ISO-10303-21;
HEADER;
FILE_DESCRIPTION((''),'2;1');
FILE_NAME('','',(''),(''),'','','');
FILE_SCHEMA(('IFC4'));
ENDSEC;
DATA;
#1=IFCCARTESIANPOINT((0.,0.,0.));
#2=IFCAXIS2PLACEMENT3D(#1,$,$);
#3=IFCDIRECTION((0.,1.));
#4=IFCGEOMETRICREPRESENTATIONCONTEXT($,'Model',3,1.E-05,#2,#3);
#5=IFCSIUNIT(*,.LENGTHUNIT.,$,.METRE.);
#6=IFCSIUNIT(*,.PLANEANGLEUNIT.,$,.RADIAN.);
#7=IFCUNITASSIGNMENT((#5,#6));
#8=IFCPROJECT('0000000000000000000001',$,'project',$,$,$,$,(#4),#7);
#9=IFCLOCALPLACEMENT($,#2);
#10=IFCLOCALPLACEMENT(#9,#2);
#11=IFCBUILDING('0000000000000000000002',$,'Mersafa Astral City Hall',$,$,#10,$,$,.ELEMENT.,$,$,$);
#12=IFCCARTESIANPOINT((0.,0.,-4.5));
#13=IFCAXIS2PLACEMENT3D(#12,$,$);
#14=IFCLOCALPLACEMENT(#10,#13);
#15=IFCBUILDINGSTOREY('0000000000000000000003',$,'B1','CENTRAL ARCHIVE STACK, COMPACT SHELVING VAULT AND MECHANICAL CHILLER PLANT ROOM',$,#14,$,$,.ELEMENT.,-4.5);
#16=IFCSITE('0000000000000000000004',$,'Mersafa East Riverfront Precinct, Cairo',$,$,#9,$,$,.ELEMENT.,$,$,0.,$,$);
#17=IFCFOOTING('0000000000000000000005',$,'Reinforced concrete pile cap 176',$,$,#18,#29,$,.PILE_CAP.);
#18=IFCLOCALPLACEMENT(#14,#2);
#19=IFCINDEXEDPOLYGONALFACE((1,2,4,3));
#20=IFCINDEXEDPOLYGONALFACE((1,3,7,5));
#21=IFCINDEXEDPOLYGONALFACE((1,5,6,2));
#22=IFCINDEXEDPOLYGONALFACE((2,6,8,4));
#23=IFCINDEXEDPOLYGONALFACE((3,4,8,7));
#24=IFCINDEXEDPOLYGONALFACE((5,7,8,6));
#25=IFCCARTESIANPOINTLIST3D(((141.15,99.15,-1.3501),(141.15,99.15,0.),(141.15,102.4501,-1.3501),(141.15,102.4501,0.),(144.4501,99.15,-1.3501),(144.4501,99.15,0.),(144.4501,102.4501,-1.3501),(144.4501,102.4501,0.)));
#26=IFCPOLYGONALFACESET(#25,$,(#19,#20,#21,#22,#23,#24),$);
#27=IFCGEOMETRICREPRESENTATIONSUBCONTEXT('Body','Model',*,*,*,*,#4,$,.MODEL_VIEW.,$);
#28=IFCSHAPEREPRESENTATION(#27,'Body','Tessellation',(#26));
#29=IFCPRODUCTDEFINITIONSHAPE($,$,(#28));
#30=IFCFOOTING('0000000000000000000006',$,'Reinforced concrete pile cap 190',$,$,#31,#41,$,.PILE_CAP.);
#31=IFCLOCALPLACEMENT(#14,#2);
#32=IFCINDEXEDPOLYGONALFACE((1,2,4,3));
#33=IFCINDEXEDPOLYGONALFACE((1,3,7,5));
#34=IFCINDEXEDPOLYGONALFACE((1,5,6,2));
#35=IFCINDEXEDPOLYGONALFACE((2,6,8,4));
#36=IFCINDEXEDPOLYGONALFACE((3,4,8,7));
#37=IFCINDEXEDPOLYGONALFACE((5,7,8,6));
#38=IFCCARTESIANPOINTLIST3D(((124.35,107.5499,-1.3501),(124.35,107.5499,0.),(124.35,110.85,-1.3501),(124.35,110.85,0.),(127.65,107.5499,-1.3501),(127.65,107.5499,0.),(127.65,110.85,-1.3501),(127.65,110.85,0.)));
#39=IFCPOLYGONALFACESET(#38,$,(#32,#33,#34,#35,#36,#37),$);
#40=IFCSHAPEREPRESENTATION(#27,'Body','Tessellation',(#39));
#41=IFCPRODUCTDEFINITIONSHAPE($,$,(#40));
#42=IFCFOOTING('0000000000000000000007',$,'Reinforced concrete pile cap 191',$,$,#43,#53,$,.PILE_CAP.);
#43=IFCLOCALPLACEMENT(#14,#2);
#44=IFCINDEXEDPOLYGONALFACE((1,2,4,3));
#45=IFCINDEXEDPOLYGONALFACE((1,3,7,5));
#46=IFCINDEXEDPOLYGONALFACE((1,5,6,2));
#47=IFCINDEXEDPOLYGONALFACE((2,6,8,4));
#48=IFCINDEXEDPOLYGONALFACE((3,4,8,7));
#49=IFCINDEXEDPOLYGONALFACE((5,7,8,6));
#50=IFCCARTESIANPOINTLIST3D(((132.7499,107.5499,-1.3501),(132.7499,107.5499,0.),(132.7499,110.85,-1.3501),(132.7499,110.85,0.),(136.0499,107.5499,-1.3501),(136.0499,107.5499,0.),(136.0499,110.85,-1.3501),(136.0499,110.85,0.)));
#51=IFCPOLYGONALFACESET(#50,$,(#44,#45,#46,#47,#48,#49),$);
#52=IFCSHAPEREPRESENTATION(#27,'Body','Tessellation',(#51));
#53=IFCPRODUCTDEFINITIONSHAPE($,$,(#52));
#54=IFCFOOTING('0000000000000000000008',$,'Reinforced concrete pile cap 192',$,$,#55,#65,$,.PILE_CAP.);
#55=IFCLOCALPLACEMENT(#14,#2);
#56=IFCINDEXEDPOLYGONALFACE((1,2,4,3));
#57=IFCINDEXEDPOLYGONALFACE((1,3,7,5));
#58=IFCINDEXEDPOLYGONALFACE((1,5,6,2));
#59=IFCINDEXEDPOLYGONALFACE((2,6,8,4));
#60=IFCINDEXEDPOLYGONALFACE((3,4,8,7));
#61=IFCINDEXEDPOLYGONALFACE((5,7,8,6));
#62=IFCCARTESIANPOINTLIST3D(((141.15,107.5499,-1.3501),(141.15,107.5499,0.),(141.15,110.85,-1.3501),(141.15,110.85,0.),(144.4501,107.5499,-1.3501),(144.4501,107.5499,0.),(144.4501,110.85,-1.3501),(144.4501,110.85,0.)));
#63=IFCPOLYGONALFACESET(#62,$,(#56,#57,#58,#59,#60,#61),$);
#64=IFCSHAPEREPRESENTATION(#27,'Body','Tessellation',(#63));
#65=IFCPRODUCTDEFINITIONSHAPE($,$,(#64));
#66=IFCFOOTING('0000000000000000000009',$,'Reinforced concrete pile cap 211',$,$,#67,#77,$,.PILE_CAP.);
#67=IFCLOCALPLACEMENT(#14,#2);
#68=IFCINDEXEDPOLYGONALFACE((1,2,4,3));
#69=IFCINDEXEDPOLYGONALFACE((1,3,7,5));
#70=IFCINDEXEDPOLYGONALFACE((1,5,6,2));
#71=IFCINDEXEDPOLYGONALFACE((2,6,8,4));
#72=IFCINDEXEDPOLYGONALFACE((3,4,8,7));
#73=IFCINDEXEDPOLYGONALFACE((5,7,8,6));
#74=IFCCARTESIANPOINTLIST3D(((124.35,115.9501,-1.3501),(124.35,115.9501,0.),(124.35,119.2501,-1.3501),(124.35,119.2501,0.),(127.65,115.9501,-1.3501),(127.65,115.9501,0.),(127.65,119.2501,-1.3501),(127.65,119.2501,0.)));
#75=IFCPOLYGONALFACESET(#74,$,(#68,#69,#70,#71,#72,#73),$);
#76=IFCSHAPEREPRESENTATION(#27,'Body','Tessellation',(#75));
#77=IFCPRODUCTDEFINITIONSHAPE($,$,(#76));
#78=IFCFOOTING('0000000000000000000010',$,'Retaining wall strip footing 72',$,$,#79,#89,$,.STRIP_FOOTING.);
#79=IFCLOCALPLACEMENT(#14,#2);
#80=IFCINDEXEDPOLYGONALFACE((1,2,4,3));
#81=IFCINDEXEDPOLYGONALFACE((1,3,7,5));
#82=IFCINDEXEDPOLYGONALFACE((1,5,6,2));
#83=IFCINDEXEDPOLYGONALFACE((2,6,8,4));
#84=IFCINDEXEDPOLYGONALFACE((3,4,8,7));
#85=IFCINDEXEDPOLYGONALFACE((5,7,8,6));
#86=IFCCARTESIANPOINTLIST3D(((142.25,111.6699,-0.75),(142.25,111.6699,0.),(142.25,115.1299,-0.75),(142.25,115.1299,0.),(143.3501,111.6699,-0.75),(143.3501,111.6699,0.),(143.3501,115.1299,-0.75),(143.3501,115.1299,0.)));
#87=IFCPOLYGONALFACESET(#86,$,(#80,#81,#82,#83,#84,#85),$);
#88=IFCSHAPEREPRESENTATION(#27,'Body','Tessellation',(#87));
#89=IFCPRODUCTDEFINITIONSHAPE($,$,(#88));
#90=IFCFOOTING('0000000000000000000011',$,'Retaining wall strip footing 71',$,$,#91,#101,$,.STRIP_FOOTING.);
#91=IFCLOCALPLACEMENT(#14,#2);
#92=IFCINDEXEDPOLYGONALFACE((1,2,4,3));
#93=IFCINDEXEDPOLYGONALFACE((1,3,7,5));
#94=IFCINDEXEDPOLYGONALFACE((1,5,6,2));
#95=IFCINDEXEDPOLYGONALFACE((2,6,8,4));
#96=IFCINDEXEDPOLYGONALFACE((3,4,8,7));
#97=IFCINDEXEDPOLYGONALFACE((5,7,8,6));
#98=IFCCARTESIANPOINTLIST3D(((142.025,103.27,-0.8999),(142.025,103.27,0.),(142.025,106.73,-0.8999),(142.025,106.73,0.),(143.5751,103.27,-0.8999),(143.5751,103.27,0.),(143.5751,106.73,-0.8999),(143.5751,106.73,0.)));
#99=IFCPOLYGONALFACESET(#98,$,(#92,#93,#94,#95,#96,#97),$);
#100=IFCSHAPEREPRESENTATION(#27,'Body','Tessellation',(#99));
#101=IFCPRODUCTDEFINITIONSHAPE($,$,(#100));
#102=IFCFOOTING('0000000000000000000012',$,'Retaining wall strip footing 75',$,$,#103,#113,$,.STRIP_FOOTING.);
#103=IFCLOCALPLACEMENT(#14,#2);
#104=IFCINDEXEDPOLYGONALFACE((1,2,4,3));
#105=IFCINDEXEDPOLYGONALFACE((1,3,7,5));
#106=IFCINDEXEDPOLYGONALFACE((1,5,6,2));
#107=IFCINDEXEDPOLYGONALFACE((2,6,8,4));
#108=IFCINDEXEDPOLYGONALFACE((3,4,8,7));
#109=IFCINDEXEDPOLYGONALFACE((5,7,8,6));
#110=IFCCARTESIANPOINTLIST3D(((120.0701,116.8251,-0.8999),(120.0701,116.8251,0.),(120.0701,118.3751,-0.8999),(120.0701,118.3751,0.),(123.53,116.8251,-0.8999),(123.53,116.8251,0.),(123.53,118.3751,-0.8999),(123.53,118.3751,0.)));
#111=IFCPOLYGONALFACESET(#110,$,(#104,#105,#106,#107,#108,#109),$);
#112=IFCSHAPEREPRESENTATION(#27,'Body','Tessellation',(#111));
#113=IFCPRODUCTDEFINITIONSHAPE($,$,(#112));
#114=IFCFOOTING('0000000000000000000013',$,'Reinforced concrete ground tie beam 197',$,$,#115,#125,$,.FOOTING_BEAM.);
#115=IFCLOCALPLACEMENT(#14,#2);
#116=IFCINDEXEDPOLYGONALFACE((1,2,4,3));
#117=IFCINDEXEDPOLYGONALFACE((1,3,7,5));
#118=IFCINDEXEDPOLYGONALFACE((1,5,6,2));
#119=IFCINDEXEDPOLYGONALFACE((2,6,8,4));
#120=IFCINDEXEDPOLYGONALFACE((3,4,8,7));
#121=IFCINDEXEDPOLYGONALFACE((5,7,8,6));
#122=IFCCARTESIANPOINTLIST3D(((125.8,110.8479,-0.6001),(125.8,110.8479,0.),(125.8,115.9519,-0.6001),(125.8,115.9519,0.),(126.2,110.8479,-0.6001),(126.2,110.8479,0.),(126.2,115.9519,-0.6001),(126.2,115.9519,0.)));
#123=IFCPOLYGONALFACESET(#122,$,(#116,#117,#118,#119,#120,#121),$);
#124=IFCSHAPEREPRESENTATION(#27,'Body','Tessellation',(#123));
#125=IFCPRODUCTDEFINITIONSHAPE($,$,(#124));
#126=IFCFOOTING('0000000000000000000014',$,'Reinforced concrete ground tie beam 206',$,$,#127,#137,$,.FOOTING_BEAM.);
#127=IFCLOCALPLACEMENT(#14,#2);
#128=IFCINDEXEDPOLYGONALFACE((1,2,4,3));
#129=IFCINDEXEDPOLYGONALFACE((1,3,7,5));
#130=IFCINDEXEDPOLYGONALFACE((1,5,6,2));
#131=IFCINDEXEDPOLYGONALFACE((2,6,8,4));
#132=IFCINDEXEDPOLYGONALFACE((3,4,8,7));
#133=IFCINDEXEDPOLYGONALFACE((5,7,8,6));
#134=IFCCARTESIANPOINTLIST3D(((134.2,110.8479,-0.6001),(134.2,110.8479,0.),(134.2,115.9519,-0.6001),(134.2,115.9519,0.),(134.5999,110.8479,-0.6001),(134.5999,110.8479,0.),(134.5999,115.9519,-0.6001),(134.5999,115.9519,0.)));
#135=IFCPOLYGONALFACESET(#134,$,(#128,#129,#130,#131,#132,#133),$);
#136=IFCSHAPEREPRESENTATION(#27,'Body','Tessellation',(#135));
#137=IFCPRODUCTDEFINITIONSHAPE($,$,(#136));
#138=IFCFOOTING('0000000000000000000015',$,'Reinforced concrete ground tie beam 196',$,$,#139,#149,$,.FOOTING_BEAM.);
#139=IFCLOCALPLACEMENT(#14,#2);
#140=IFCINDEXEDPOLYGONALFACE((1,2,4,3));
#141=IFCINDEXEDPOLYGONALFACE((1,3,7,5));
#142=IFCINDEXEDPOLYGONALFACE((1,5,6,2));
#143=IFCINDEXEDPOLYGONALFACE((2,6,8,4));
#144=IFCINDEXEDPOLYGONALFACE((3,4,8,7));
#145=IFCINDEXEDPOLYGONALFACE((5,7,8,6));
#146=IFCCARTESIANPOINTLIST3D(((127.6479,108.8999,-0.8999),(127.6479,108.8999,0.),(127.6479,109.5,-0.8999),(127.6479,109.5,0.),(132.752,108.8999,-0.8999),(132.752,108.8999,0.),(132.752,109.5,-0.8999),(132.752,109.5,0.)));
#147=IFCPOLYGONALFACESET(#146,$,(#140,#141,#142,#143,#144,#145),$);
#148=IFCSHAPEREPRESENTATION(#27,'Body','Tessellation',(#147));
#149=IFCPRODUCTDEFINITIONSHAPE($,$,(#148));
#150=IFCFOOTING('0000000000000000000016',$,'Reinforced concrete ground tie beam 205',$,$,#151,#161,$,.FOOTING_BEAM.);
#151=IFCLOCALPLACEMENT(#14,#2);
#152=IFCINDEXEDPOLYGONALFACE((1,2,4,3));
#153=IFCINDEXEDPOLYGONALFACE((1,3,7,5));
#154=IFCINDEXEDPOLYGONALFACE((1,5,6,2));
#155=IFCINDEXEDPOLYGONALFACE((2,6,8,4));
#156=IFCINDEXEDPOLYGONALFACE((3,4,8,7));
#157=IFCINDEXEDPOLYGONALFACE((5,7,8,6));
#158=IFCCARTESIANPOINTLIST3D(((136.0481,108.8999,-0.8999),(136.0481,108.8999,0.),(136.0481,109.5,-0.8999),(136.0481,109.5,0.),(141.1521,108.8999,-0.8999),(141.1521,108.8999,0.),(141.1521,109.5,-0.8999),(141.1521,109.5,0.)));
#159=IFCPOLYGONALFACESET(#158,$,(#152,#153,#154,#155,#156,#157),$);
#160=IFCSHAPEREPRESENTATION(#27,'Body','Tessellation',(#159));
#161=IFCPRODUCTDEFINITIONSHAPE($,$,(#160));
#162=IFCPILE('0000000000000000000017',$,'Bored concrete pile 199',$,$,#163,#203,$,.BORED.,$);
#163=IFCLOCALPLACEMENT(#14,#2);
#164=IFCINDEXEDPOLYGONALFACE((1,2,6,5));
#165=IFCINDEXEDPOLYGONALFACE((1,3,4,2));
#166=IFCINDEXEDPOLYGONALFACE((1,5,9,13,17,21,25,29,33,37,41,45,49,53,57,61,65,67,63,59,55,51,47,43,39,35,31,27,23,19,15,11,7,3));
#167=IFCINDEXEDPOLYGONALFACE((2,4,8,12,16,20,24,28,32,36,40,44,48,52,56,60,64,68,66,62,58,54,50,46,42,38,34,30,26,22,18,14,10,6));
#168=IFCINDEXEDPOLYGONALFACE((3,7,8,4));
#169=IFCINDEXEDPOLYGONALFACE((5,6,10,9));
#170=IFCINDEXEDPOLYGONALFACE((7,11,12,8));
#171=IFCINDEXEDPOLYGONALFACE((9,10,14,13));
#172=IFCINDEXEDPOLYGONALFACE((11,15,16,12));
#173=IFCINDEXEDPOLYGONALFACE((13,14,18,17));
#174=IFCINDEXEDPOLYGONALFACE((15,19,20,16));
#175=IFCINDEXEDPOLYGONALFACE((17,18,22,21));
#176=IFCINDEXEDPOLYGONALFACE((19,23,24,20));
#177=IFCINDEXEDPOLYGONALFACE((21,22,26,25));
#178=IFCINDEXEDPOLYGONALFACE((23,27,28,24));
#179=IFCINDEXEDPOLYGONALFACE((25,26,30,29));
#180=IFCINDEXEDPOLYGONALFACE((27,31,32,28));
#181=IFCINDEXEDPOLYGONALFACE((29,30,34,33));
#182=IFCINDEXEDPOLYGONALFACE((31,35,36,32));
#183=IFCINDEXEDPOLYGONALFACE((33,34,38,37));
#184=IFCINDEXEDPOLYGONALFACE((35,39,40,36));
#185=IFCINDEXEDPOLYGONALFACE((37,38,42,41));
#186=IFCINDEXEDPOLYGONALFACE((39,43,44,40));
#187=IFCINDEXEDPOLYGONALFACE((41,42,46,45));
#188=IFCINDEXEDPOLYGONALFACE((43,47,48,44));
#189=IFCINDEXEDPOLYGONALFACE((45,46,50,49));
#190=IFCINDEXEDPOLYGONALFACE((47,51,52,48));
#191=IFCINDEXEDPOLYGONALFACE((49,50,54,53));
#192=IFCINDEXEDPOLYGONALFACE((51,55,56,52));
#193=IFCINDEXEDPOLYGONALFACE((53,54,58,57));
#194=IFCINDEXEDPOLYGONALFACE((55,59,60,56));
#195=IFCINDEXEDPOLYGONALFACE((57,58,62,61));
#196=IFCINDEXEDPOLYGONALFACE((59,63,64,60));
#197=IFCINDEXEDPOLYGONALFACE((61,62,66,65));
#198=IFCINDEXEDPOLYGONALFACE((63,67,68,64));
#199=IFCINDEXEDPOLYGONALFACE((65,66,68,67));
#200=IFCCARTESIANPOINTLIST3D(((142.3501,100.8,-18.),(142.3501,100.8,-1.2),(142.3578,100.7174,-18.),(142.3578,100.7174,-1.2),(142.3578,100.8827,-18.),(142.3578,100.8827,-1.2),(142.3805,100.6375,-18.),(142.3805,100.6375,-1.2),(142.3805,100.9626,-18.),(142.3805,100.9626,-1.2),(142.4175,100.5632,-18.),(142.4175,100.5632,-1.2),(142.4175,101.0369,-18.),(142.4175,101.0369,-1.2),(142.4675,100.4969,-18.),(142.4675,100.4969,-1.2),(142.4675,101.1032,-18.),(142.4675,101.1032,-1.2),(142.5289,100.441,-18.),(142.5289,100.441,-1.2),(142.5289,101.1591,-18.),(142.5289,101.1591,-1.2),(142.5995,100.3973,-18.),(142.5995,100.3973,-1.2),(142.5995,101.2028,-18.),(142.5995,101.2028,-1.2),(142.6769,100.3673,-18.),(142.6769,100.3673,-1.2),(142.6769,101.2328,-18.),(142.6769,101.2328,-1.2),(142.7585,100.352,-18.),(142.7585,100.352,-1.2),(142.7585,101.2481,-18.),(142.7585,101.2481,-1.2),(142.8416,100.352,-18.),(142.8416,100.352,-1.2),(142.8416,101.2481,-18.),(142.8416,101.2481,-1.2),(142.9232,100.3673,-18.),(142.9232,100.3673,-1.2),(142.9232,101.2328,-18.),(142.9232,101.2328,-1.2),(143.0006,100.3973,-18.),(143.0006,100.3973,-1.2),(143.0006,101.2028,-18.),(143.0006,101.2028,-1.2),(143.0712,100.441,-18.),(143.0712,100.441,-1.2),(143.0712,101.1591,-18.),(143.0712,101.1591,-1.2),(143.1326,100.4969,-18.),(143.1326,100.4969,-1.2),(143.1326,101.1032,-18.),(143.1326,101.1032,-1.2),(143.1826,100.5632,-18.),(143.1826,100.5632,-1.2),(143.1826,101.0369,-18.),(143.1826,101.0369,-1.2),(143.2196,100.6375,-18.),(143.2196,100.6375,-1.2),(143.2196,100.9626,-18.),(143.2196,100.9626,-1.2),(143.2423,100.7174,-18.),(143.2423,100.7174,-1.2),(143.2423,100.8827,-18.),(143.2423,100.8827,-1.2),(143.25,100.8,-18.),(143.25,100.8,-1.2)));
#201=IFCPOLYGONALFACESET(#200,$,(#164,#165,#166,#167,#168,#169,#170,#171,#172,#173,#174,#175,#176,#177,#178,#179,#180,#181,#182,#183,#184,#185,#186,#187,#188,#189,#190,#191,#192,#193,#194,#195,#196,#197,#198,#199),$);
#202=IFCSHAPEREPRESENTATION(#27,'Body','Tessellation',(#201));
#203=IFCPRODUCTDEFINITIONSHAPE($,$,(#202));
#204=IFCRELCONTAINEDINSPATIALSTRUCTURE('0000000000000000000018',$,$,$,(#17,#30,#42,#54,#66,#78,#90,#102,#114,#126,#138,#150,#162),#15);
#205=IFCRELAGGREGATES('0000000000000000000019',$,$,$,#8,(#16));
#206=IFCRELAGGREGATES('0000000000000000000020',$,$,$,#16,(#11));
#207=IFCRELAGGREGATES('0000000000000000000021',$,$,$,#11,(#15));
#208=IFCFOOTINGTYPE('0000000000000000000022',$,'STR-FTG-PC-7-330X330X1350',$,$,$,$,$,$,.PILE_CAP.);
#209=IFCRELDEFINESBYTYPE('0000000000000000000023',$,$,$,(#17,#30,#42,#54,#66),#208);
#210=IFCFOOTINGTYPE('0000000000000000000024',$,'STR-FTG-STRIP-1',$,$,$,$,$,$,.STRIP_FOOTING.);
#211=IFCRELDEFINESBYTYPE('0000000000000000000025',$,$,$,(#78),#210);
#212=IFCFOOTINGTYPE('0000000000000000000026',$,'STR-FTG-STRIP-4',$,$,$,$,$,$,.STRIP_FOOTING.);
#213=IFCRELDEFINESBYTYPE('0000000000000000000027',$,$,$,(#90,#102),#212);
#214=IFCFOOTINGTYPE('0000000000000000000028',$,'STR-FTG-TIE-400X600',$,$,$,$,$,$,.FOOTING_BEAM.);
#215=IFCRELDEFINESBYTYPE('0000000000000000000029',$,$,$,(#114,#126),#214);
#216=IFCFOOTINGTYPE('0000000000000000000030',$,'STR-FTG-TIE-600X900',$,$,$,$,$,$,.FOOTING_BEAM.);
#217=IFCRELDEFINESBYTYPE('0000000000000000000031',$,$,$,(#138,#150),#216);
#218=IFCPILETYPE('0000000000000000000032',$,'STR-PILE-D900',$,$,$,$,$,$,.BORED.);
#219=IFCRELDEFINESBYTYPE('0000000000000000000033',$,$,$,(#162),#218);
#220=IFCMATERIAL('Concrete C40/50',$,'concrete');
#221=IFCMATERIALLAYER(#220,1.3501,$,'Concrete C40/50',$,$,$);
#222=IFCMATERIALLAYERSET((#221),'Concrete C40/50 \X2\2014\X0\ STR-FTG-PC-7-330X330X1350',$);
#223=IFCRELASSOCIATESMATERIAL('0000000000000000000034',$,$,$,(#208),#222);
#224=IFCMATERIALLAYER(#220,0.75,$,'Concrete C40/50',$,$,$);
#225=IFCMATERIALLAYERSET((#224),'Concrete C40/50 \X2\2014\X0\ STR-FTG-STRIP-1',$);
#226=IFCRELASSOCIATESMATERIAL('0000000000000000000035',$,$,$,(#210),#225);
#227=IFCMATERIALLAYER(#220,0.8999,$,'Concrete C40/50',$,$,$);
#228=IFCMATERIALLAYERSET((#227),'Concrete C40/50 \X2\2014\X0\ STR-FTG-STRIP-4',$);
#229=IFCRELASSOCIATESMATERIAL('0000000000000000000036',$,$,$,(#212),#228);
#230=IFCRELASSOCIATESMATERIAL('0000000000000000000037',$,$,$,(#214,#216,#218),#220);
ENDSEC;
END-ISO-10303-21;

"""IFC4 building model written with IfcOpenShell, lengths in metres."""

from ifc_helpers import new_model, si_unit, direction, frame, origin, origin_2d, place, context, subcontext, project, spatial, rectangle, circle, extrude, material, layer, layer_set, material_profile, profile_set, type_object, element, save


model = new_model("IFC4")

# Units and contexts
model_context = context("Model", 3, precision=1e-05, world=origin(), true_north=direction((0.0, 1.0)))
body_context = subcontext(model_context, "Body", "Model", "MODEL_VIEW")
ifc_project = project(units=[si_unit("LENGTHUNIT", "METRE"), si_unit("PLANEANGLEUNIT", "RADIAN")], contexts=[model_context])

# Site, building, storey
site_placement = place(None, origin())
site = spatial("IfcSite", under=ifc_project, at=site_placement, Name="Mersafa East Riverfront Precinct, Cairo", CompositionType="ELEMENT", RefElevation=0.0)
building_placement = place(site_placement, origin())
building = spatial("IfcBuilding", under=site, at=building_placement, Name="Mersafa Astral City Hall", CompositionType="ELEMENT")
storey_placement = place(building_placement, frame((0.0, 0.0, -4.5)))
storey = spatial("IfcBuildingStorey", under=building, at=storey_placement, Name="B1", Description="CENTRAL ARCHIVE STACK, COMPACT SHELVING VAULT AND MECHANICAL CHILLER PLANT ROOM", CompositionType="ELEMENT", Elevation=-4.5)

# Footings
ifc_material_1 = material(Name="Concrete C40/50", Category="concrete")
ifc_layer_1 = layer(ifc_material_1, 1.3501, Name="Concrete C40/50")
ifc_layer_set_1 = layer_set([ifc_layer_1], Name="Concrete C40/50 — STR-FTG-PC-7-330X330X1350")
footing_type_1 = type_object("IfcFootingType", Name="STR-FTG-PC-7-330X330X1350", PredefinedType="PILE_CAP", material=ifc_layer_set_1)
for number, where, z_axis, x_axis, name in (
    (1, (142.8, 100.8, -1.3501), (0.0, 0.0, 1.0), (1.0, 0.0, 0.0), "Reinforced concrete pile cap 176"),
    (2, (126.0, 109.2, -1.3501), (0.0, 0.0, 1.0), (1.0, 0.0, 0.0), "Reinforced concrete pile cap 190"),
    (3, (134.3999, 109.2, -1.3501), (0.0, 0.0, 1.0), (1.0, 0.0, 0.0), "Reinforced concrete pile cap 191"),
    (4, (142.8, 109.2, -1.3501), (0.0, 0.0, 1.0), (1.0, 0.0, 0.0), "Reinforced concrete pile cap 192"),
    (5, (126.0, 117.6001, -1.3501), (0.0, 0.0, 1.0), (1.0, 0.0, 0.0), "Reinforced concrete pile cap 211"),
):
    element("IfcFooting", number, at=place(storey_placement, frame(where, z_axis=z_axis, x_axis=x_axis)), inside=storey, type_object=footing_type_1, Name=name, PredefinedType="PILE_CAP", context=body_context, shape_type="SweptSolid", body=[
        extrude(rectangle(XDim=3.3, YDim=3.3, at=origin_2d()), origin(), (0.0, 0.0, 1.0), 1.3501),
    ])
ifc_layer_2 = layer(ifc_material_1, 0.75, Name="Concrete C40/50")
ifc_layer_set_2 = layer_set([ifc_layer_2], Name="Concrete C40/50 — STR-FTG-STRIP-1")
footing_type_2 = type_object("IfcFootingType", Name="STR-FTG-STRIP-1", PredefinedType="STRIP_FOOTING", material=ifc_layer_set_2)
footing_placement = place(storey_placement, frame((142.8, 113.3999, -0.75), z_axis=(0.0, 0.0, 1.0), x_axis=(0.0, 1.0, 0.0)))
element("IfcFooting", 6, at=footing_placement, inside=storey, type_object=footing_type_2, Name="Retaining wall strip footing 72", PredefinedType="STRIP_FOOTING", context=body_context, shape_type="SweptSolid", body=[
    extrude(rectangle(XDim=3.46, YDim=1.1001, at=origin_2d()), origin(), (0.0, 0.0, 1.0), 0.75),
])
ifc_layer_3 = layer(ifc_material_1, 0.8999, Name="Concrete C40/50")
ifc_layer_set_3 = layer_set([ifc_layer_3], Name="Concrete C40/50 — STR-FTG-STRIP-4")
footing_type_3 = type_object("IfcFootingType", Name="STR-FTG-STRIP-4", PredefinedType="STRIP_FOOTING", material=ifc_layer_set_3)
for number, where, z_axis, x_axis, name in (
    (7, (142.8, 105.0, -0.8999), (0.0, 0.0, 1.0), (0.0, 1.0, 0.0), "Retaining wall strip footing 71"),
    (8, (121.8, 117.6001, -0.8999), (0.0, 0.0, 1.0), (-1.0, 0.0, 0.0), "Retaining wall strip footing 75"),
):
    element("IfcFooting", number, at=place(storey_placement, frame(where, z_axis=z_axis, x_axis=x_axis)), inside=storey, type_object=footing_type_3, Name=name, PredefinedType="STRIP_FOOTING", context=body_context, shape_type="SweptSolid", body=[
        extrude(rectangle(XDim=3.46, YDim=1.55, at=origin_2d()), origin(), (0.0, 0.0, 1.0), 0.8999),
    ])
ifc_material_profile_1 = material_profile(ifc_material_1, rectangle(XDim=0.3999, YDim=0.6001, at=origin_2d()), Name="RC 400x600")
ifc_profile_set_1 = profile_set([ifc_material_profile_1], Name="Concrete C40/50")
footing_type_4 = type_object("IfcFootingType", Name="STR-FTG-TIE-400X600", PredefinedType="FOOTING_BEAM", material=ifc_profile_set_1)
for number, where, z_axis, x_axis, name in (
    (9, (126.0, 110.8479, -0.3), (0.0, 1.0, 0.0), (-1.0, 0.0, 0.0), "Reinforced concrete ground tie beam 197"),
    (10, (134.3999, 110.8479, -0.3), (0.0, 1.0, 0.0), (-1.0, 0.0, 0.0), "Reinforced concrete ground tie beam 206"),
):
    element("IfcFooting", number, at=place(storey_placement, frame(where, z_axis=z_axis, x_axis=x_axis)), inside=storey, type_object=footing_type_4, Name=name, PredefinedType="FOOTING_BEAM", context=body_context, shape_type="SweptSolid", body=[
        extrude(rectangle(XDim=0.3999, YDim=0.6001, at=origin_2d()), origin(), (0.0, 0.0, 1.0), 5.104),
    ])
ifc_material_profile_2 = material_profile(ifc_material_1, rectangle(XDim=0.6001, YDim=0.8999, at=origin_2d()), Name="RC 600x900")
ifc_profile_set_2 = profile_set([ifc_material_profile_2], Name="Concrete C40/50")
footing_type_5 = type_object("IfcFootingType", Name="STR-FTG-TIE-600X900", PredefinedType="FOOTING_BEAM", material=ifc_profile_set_2)
for number, where, z_axis, x_axis, name in (
    (11, (127.6479, 109.2, -0.45), (1.0, 0.0, 0.0), (0.0, 1.0, 0.0), "Reinforced concrete ground tie beam 196"),
    (12, (136.0481, 109.2, -0.45), (1.0, 0.0, 0.0), (0.0, 1.0, 0.0), "Reinforced concrete ground tie beam 205"),
):
    element("IfcFooting", number, at=place(storey_placement, frame(where, z_axis=z_axis, x_axis=x_axis)), inside=storey, type_object=footing_type_5, Name=name, PredefinedType="FOOTING_BEAM", context=body_context, shape_type="SweptSolid", body=[
        extrude(rectangle(XDim=0.6001, YDim=0.8999, at=origin_2d()), origin(), (0.0, 0.0, 1.0), 5.104),
    ])

# Pile
ifc_material_profile_3 = material_profile(ifc_material_1, circle(Radius=0.45, at=origin_2d()), Name="PILE D900")
ifc_profile_set_3 = profile_set([ifc_material_profile_3], Name="Concrete C40/50")
pile_type = type_object("IfcPileType", Name="STR-PILE-D900", PredefinedType="BORED", material=ifc_profile_set_3)
for number, where, z_axis, x_axis, name in (
    (13, (142.8, 100.8, -1.2), (0.0, 0.0, -1.0), (1.0, 0.0, 0.0), "Bored concrete pile 199"),
):
    element("IfcPile", number, at=place(storey_placement, frame(where, z_axis=z_axis, x_axis=x_axis)), inside=storey, type_object=pile_type, Name=name, PredefinedType="BORED", context=body_context, shape_type="SweptSolid", body=[
        extrude(circle(Radius=0.45, at=origin_2d()), origin(), (0.0, 0.0, 1.0), 16.8),
    ])

save(model, "model.ifc")
